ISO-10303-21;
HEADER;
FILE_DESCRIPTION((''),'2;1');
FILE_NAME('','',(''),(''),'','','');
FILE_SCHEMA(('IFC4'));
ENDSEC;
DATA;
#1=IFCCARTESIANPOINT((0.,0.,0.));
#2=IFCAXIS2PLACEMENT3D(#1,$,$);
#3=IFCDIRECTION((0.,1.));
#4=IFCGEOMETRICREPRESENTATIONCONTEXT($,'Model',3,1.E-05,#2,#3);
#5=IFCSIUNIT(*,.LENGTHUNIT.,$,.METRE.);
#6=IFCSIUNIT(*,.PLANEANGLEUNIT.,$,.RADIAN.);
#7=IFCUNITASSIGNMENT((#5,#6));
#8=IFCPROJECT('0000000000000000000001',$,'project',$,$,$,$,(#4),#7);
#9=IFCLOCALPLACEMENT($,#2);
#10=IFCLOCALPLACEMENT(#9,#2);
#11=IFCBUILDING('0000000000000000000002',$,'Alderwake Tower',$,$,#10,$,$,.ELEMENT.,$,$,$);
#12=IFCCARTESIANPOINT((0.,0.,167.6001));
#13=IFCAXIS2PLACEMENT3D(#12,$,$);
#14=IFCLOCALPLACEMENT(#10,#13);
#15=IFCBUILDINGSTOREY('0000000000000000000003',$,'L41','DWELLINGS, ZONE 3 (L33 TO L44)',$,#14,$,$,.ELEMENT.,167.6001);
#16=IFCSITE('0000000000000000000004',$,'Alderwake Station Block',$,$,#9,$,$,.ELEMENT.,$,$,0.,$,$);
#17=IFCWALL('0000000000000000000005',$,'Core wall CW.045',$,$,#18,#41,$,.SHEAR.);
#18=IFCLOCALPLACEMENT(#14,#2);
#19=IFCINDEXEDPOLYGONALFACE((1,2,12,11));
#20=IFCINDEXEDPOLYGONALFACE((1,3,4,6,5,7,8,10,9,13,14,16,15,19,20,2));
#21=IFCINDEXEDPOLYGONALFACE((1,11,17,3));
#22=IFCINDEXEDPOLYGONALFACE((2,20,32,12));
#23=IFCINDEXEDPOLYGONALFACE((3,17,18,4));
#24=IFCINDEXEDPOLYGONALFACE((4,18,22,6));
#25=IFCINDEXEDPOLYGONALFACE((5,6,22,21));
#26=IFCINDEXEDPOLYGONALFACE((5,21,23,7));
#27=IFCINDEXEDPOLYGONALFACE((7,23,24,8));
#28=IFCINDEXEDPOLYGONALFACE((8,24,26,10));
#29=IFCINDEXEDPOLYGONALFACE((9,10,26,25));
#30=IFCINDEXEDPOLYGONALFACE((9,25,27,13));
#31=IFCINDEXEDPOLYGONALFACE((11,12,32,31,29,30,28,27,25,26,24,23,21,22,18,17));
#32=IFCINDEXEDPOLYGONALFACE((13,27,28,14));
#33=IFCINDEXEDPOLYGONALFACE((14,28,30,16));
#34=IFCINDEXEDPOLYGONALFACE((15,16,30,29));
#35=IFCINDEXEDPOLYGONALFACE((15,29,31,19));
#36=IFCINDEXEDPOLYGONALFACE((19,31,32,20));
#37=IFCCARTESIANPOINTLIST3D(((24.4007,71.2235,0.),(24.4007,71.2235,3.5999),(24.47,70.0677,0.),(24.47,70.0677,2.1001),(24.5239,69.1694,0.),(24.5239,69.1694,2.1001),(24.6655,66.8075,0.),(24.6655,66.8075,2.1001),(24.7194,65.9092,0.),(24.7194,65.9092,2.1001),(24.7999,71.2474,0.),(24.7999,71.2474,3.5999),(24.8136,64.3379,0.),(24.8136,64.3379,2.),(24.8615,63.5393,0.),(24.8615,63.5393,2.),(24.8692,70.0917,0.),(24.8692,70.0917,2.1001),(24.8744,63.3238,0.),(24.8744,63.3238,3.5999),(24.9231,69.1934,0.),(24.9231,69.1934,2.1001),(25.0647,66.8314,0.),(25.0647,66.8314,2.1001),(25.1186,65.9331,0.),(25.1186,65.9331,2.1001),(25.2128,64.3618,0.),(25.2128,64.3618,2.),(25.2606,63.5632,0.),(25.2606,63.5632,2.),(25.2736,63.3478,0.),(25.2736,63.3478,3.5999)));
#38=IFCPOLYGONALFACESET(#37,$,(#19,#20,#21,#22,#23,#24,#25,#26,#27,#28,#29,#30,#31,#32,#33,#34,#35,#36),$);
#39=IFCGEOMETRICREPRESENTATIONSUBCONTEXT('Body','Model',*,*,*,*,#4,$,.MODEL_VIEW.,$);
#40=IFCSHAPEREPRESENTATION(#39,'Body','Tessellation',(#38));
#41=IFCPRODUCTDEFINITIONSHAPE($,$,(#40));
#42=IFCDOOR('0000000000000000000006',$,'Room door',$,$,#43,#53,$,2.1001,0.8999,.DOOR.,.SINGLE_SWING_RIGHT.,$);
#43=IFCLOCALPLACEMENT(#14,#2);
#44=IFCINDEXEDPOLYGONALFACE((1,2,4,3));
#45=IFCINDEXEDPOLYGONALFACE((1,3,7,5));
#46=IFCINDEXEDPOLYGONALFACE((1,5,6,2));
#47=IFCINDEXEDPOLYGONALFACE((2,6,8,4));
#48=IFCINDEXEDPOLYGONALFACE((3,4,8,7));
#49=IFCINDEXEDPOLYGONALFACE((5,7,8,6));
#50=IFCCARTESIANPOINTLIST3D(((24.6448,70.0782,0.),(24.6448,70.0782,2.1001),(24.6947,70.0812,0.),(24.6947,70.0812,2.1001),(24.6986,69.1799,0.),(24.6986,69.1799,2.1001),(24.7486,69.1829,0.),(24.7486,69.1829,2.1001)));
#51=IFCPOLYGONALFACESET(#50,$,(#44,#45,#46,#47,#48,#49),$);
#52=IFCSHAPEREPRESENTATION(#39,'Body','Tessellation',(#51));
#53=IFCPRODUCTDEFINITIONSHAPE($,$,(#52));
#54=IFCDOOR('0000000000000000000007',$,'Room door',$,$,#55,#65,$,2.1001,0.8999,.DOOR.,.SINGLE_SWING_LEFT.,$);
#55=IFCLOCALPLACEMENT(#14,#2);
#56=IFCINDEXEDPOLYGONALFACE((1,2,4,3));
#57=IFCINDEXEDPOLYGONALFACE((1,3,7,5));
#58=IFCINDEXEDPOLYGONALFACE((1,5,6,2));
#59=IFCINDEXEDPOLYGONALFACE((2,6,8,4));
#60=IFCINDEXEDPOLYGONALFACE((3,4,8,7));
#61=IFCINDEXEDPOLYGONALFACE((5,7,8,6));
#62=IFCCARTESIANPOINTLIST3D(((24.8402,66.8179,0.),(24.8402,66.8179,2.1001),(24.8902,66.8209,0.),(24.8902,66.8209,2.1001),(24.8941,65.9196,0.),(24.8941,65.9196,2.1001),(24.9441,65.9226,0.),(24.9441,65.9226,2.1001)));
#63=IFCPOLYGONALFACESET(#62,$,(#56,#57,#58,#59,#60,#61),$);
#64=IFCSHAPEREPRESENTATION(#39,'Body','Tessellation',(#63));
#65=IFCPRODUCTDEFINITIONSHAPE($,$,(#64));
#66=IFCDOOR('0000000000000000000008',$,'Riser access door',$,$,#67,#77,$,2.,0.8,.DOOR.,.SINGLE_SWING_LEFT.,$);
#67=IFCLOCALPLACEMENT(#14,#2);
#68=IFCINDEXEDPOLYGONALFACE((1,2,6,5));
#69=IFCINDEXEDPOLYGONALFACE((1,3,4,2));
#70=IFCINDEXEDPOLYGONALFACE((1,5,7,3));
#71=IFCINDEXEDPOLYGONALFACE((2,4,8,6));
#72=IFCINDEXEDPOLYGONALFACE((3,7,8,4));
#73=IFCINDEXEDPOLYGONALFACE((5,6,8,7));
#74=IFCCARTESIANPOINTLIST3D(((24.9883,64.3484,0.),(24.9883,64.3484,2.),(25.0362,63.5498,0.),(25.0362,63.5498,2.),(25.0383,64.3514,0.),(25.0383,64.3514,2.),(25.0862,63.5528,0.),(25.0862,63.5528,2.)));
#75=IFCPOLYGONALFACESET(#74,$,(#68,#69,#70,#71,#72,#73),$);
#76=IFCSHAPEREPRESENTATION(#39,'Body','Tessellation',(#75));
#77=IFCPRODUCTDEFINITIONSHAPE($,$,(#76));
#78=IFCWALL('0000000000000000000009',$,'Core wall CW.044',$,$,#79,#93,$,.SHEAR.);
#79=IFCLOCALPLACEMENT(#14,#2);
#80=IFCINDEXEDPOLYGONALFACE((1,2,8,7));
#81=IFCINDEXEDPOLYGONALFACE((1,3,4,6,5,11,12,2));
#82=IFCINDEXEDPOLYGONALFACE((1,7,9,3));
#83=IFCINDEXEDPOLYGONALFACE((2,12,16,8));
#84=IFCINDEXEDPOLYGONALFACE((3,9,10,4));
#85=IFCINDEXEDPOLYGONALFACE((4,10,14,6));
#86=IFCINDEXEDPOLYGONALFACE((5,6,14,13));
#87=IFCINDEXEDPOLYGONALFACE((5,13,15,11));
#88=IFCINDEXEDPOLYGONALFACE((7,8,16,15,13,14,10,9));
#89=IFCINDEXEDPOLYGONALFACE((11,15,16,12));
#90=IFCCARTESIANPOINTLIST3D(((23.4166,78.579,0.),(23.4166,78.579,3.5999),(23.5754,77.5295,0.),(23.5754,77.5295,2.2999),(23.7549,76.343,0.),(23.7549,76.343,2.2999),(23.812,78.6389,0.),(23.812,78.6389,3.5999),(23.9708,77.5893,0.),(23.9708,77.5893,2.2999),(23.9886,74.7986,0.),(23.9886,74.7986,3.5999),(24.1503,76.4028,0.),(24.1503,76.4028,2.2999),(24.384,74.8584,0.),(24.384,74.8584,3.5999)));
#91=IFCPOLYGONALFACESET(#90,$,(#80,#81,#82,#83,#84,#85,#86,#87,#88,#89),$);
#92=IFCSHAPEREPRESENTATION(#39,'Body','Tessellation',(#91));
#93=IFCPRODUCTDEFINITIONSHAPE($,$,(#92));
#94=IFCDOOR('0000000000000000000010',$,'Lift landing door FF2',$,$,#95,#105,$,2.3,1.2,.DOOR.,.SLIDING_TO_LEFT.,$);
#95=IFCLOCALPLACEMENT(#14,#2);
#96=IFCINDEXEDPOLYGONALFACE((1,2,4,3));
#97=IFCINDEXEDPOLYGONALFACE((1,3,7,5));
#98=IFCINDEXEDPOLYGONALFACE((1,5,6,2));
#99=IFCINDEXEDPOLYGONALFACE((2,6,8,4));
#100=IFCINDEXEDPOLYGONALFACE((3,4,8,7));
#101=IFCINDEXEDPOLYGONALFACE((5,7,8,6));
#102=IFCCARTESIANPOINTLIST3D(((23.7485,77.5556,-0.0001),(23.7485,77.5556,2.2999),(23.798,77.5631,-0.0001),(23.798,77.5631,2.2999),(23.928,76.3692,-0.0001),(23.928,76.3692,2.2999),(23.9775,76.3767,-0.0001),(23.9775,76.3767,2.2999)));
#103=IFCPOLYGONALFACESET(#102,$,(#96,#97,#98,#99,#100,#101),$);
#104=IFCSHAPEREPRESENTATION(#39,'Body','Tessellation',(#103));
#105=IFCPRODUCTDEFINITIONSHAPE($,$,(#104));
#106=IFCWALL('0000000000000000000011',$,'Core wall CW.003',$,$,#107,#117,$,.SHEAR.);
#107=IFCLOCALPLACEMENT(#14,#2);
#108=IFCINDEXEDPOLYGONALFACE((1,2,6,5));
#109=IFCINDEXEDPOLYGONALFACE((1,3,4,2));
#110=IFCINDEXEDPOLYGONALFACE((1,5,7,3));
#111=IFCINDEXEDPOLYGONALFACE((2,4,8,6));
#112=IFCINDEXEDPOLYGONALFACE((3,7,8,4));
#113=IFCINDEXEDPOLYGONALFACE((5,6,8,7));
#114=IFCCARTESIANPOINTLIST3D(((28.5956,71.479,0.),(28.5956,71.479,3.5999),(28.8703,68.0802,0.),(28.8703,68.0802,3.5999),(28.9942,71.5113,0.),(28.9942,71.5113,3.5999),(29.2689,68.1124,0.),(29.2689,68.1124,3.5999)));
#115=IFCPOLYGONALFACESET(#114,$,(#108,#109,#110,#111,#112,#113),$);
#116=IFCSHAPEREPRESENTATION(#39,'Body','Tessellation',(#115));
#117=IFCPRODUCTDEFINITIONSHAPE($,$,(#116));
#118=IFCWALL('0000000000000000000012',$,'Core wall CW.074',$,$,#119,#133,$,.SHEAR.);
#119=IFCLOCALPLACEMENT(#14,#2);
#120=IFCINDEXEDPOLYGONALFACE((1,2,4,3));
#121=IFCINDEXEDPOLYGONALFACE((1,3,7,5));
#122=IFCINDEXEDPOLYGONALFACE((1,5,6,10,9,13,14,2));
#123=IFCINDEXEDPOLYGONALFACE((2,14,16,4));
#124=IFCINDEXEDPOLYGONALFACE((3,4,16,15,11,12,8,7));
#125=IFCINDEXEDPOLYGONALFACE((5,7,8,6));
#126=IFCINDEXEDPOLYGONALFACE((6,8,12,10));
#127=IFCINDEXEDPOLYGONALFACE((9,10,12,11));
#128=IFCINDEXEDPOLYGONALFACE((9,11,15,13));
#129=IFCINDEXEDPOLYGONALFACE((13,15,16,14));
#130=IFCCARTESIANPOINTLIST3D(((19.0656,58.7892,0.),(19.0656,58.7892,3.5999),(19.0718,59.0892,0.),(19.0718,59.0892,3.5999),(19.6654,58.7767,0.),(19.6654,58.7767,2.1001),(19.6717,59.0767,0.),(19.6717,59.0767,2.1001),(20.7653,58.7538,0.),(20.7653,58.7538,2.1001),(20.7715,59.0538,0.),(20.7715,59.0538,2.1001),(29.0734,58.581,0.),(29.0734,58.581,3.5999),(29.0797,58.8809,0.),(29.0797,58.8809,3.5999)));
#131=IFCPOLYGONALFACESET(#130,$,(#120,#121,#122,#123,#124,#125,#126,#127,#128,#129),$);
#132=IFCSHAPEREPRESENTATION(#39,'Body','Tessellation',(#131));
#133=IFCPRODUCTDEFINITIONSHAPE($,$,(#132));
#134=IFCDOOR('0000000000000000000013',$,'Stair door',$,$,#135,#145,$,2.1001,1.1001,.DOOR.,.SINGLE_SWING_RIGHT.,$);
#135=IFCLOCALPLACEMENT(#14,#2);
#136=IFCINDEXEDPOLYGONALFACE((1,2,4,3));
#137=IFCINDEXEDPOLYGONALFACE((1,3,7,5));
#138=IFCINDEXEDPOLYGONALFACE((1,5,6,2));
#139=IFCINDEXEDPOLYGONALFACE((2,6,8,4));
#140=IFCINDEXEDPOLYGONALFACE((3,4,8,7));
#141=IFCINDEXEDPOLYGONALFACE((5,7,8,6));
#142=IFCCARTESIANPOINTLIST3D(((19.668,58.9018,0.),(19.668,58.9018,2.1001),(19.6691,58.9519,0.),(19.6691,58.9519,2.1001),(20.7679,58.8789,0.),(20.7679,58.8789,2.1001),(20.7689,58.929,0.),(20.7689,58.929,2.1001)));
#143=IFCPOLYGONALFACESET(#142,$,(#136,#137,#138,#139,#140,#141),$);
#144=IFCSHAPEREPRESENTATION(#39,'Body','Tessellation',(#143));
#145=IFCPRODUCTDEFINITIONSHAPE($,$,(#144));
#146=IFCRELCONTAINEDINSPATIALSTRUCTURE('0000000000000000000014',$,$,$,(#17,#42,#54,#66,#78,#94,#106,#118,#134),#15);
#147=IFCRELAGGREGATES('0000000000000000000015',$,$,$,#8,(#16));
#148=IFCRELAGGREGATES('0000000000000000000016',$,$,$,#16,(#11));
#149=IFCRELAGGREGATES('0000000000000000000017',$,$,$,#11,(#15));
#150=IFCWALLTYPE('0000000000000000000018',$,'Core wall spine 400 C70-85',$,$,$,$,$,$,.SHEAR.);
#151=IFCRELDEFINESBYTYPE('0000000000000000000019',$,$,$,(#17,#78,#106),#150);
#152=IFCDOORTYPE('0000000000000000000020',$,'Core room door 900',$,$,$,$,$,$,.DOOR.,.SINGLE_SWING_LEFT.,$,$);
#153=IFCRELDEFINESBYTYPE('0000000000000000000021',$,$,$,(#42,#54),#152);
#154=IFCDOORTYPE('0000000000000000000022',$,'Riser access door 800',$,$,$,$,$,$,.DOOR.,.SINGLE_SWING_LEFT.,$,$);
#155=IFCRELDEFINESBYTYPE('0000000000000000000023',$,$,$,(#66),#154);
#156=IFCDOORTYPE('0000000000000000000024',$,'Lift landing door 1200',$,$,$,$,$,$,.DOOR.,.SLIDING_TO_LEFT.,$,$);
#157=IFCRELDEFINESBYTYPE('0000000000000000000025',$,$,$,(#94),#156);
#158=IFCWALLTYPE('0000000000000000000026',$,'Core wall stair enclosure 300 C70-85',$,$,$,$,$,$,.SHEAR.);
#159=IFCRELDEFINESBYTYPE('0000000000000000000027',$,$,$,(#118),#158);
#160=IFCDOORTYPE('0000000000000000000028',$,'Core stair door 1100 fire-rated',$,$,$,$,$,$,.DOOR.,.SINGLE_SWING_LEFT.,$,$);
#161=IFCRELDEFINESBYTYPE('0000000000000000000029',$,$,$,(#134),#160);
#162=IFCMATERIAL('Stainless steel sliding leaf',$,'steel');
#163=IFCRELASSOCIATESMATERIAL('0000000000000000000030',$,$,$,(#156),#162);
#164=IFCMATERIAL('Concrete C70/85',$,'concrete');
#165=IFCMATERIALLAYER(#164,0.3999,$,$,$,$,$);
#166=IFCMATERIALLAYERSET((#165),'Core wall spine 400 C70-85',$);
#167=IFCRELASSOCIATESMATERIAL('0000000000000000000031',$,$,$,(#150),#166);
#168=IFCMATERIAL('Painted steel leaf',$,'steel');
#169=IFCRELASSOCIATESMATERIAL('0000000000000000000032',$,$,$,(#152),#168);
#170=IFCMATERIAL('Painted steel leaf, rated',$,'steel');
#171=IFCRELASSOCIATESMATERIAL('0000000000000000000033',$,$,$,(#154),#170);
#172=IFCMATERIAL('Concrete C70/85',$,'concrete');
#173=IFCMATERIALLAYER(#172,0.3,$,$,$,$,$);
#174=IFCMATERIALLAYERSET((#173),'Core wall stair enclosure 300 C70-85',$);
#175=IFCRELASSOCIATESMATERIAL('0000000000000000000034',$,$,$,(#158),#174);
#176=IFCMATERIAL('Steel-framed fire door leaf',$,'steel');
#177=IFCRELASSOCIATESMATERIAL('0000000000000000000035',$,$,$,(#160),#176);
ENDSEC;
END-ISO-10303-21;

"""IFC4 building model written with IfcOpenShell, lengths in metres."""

from ifc_helpers import new_model, si_unit, direction, frame, frame_2d, origin, place, context, subcontext, project, spatial, rectangle, extrude, material, layer, layer_set, type_object, element, fill, save


model = new_model("IFC4")

# Units and contexts
model_context = context("Model", 3, precision=1e-05, world=origin(), true_north=direction((0.0, 1.0)))
body_context = subcontext(model_context, "Body", "Model", "MODEL_VIEW")
ifc_project = project(units=[si_unit("LENGTHUNIT", "METRE"), si_unit("PLANEANGLEUNIT", "RADIAN")], contexts=[model_context])

# Site, building, storey
site_placement = place(None, origin())
site = spatial("IfcSite", under=ifc_project, at=site_placement, Name="Alderwake Station Block", CompositionType="ELEMENT", RefElevation=0.0)
building_placement = place(site_placement, origin())
building = spatial("IfcBuilding", under=site, at=building_placement, Name="Alderwake Tower", CompositionType="ELEMENT")
storey_placement = place(building_placement, frame((0.0, 0.0, 167.6001)))
storey = spatial("IfcBuildingStorey", under=building, at=storey_placement, Name="L41", Description="DWELLINGS, ZONE 3 (L33 TO L44)", CompositionType="ELEMENT", Elevation=167.6001)

# Shared definitions
ifc_material_1 = material(Name="Stainless steel sliding leaf", Category="steel")
door_type_1 = type_object("IfcDoorType", Name="Lift landing door 1200", OperationType="SLIDING_TO_LEFT", PredefinedType="DOOR", material=ifc_material_1)

# Wall, openings, doors
ifc_material_2 = material(Name="Concrete C70/85", Category="concrete")
ifc_layer_1 = layer(ifc_material_2, 0.3999)
ifc_layer_set_1 = layer_set([ifc_layer_1], Name="Core wall spine 400 C70-85")
wall_type_1 = type_object("IfcWallType", Name="Core wall spine 400 C70-85", PredefinedType="SHEAR", material=ifc_layer_set_1)
wall_1_placement = place(storey_placement, frame((25.074, 63.3357, 0.0), z_axis=(0.0, 0.0, 1.0), x_axis=(-0.059849, 0.998207, 0.0)))
wall_1 = element("IfcWall", 1, at=wall_1_placement, inside=storey, type_object=wall_type_1, Name="Core wall CW.045", PredefinedType="SHEAR", context=body_context, shape_type="SweptSolid", body=[
    extrude(rectangle(XDim=7.9138, YDim=0.3999, at=frame_2d((3.957, 0.0))), origin(), (0.0, 0.0, 1.0), 3.5999),
])
opening_1_placement = place(wall_1_placement, frame((0.2161, 0.0, 0.0)))
opening_1 = element("IfcOpeningElement", 2, at=opening_1_placement, cuts=wall_1, PredefinedType="OPENING", context=body_context, shape_type="SweptSolid", body=[
    extrude(rectangle(XDim=0.8, YDim=2.0, at=frame_2d((0.3999, 1.0))), frame((0.0, 0.21, 0.0), z_axis=(0.0, -1.0, 0.0), x_axis=(1.0, 0.0, 0.0)), (0.0, 0.0, 1.0), 0.4199),
])
opening_2_placement = place(wall_1_placement, frame((5.8562, 0.0, 0.0)))
opening_2 = element("IfcOpeningElement", 3, at=opening_2_placement, cuts=wall_1, PredefinedType="OPENING", context=body_context, shape_type="SweptSolid", body=[
    extrude(rectangle(XDim=0.8999, YDim=2.1001, at=frame_2d((0.45, 1.05))), frame((0.0, 0.21, 0.0), z_axis=(0.0, -1.0, 0.0), x_axis=(1.0, 0.0, 0.0)), (0.0, 0.0, 1.0), 0.4199),
])
opening_3_placement = place(wall_1_placement, frame((2.5901, 0.0, 0.0)))
opening_3 = element("IfcOpeningElement", 4, at=opening_3_placement, cuts=wall_1, PredefinedType="OPENING", context=body_context, shape_type="SweptSolid", body=[
    extrude(rectangle(XDim=0.8999, YDim=2.1001, at=frame_2d((0.45, 1.05))), frame((0.0, 0.21, 0.0), z_axis=(0.0, -1.0, 0.0), x_axis=(1.0, 0.0, 0.0)), (0.0, 0.0, 1.0), 0.4199),
])
ifc_material_3 = material(Name="Painted steel leaf", Category="steel")
door_type_2 = type_object("IfcDoorType", Name="Core room door 900", OperationType="SINGLE_SWING_LEFT", PredefinedType="DOOR", material=ifc_material_3)
door_1_placement = place(opening_2_placement, origin())
door_1 = element("IfcDoor", 5, at=door_1_placement, inside=storey, type_object=door_type_2, Name="Room door", OperationType="SINGLE_SWING_RIGHT", OverallHeight=2.1001, OverallWidth=0.8999, PredefinedType="DOOR", context=body_context, shape_type="SweptSolid", body=[
    extrude(rectangle(XDim=0.8999, YDim=2.1001, at=frame_2d((0.45, 1.05))), frame((0.0, 0.0249, 0.0), z_axis=(0.0, -1.0, 0.0), x_axis=(1.0, 0.0, 0.0)), (0.0, 0.0, 1.0), 0.05),
])
fill(opening_2, door_1)
door_2_placement = place(opening_3_placement, origin())
door_2 = element("IfcDoor", 6, at=door_2_placement, inside=storey, type_object=door_type_2, Name="Room door", OperationType="SINGLE_SWING_LEFT", OverallHeight=2.1001, OverallWidth=0.8999, PredefinedType="DOOR", context=body_context, shape_type="SweptSolid", body=[
    extrude(rectangle(XDim=0.8999, YDim=2.1001, at=frame_2d((0.45, 1.05))), frame((0.0, 0.0249, 0.0), z_axis=(0.0, -1.0, 0.0), x_axis=(1.0, 0.0, 0.0)), (0.0, 0.0, 1.0), 0.05),
])
fill(opening_3, door_2)
ifc_material_4 = material(Name="Painted steel leaf, rated", Category="steel")
door_type_3 = type_object("IfcDoorType", Name="Riser access door 800", OperationType="SINGLE_SWING_LEFT", PredefinedType="DOOR", material=ifc_material_4)
door_3_placement = place(opening_1_placement, origin())
door_3 = element("IfcDoor", 7, at=door_3_placement, inside=storey, type_object=door_type_3, Name="Riser access door", OperationType="SINGLE_SWING_LEFT", OverallHeight=2.0, OverallWidth=0.8, PredefinedType="DOOR", context=body_context, shape_type="SweptSolid", body=[
    extrude(rectangle(XDim=0.8, YDim=2.0, at=frame_2d((0.3999, 1.0))), frame((0.0, 0.0249, 0.0), z_axis=(0.0, -1.0, 0.0), x_axis=(1.0, 0.0, 0.0)), (0.0, 0.0, 1.0), 0.05),
])
fill(opening_1, door_3)

# Wall, opening, door
wall_2_placement = place(storey_placement, frame((24.1863, 74.8286, 0.0), z_axis=(0.0, 0.0, 1.0), x_axis=(-0.149605, 0.988746, 0.0)))
wall_2 = element("IfcWall", 8, at=wall_2_placement, inside=storey, type_object=wall_type_1, Name="Core wall CW.044", PredefinedType="SHEAR", context=body_context, shape_type="SweptSolid", body=[
    extrude(rectangle(XDim=3.8235, YDim=0.3999, at=frame_2d((1.9116, 0.0))), origin(), (0.0, 0.0, 1.0), 3.5999),
])
opening_4_placement = place(wall_2_placement, frame((1.5618, 0.0, 0.0)))
opening_4 = element("IfcOpeningElement", 9, at=opening_4_placement, cuts=wall_2, PredefinedType="OPENING", context=body_context, shape_type="SweptSolid", body=[
    extrude(rectangle(XDim=1.2, YDim=2.3, at=frame_2d((0.6001, 1.1499))), frame((0.0, 0.21, 0.0), z_axis=(0.0, -1.0, 0.0), x_axis=(1.0, 0.0, 0.0)), (0.0, 0.0, 1.0), 0.4199),
])
door_4_placement = place(opening_4_placement, origin())
door_4 = element("IfcDoor", 10, at=door_4_placement, inside=storey, type_object=door_type_1, Name="Lift landing door FF2", OperationType="SLIDING_TO_LEFT", OverallHeight=2.3, OverallWidth=1.2, PredefinedType="DOOR", context=body_context, shape_type="SweptSolid", body=[
    extrude(rectangle(XDim=1.2, YDim=2.3, at=frame_2d((0.6001, 1.1499))), frame((0.0, 0.0249, 0.0), z_axis=(0.0, -1.0, 0.0), x_axis=(1.0, 0.0, 0.0)), (0.0, 0.0, 1.0), 0.05),
])
fill(opening_4, door_4)

# Wall
wall_3_placement = place(storey_placement, frame((29.0696, 68.0962, 0.0), z_axis=(0.0, 0.0, 1.0), x_axis=(-0.080545, 0.996751, 0.0)))
element("IfcWall", 11, at=wall_3_placement, inside=storey, type_object=wall_type_1, Name="Core wall CW.003", PredefinedType="SHEAR", context=body_context, shape_type="SweptSolid", body=[
    extrude(rectangle(XDim=3.4099, YDim=0.3999, at=frame_2d((1.7051, 0.0))), origin(), (0.0, 0.0, 1.0), 3.5999),
])

# Wall, opening, door
ifc_material_5 = material(Name="Concrete C70/85", Category="concrete")
ifc_layer_2 = layer(ifc_material_5, 0.3)
ifc_layer_set_2 = layer_set([ifc_layer_2], Name="Core wall stair enclosure 300 C70-85")
wall_type_2 = type_object("IfcWallType", Name="Core wall stair enclosure 300 C70-85", PredefinedType="SHEAR", material=ifc_layer_set_2)
wall_4_placement = place(storey_placement, frame((29.0764, 58.731, 0.0), z_axis=(0.0, 0.0, 1.0), x_axis=(-0.999784, 0.020804, 0.0)))
wall_4 = element("IfcWall", 12, at=wall_4_placement, inside=storey, type_object=wall_type_2, Name="Core wall CW.074", PredefinedType="SHEAR", context=body_context, shape_type="SweptSolid", body=[
    extrude(rectangle(XDim=10.01, YDim=0.3, at=frame_2d((5.0049, 0.0))), origin(), (0.0, 0.0, 1.0), 3.5999),
])
opening_5_placement = place(wall_4_placement, frame((8.3098, 0.0, 0.0)))
opening_5 = element("IfcOpeningElement", 13, at=opening_5_placement, cuts=wall_4, PredefinedType="OPENING", context=body_context, shape_type="SweptSolid", body=[
    extrude(rectangle(XDim=1.1001, YDim=2.1001, at=frame_2d((0.55, 1.05))), frame((0.0, 0.1599, 0.0), z_axis=(0.0, -1.0, 0.0), x_axis=(1.0, 0.0, 0.0)), (0.0, 0.0, 1.0), 0.3201),
])
ifc_material_6 = material(Name="Steel-framed fire door leaf", Category="steel")
door_type_4 = type_object("IfcDoorType", Name="Core stair door 1100 fire-rated", OperationType="SINGLE_SWING_LEFT", PredefinedType="DOOR", material=ifc_material_6)
door_5_placement = place(opening_5_placement, origin())
door_5 = element("IfcDoor", 14, at=door_5_placement, inside=storey, type_object=door_type_4, Name="Stair door", OperationType="SINGLE_SWING_RIGHT", OverallHeight=2.1001, OverallWidth=1.1001, PredefinedType="DOOR", context=body_context, shape_type="SweptSolid", body=[
    extrude(rectangle(XDim=1.1001, YDim=2.1001, at=frame_2d((0.55, 1.05))), frame((0.0, 0.0249, 0.0), z_axis=(0.0, -1.0, 0.0), x_axis=(1.0, 0.0, 0.0)), (0.0, 0.0, 1.0), 0.05),
])
fill(opening_5, door_5)

save(model, "model.ifc")
